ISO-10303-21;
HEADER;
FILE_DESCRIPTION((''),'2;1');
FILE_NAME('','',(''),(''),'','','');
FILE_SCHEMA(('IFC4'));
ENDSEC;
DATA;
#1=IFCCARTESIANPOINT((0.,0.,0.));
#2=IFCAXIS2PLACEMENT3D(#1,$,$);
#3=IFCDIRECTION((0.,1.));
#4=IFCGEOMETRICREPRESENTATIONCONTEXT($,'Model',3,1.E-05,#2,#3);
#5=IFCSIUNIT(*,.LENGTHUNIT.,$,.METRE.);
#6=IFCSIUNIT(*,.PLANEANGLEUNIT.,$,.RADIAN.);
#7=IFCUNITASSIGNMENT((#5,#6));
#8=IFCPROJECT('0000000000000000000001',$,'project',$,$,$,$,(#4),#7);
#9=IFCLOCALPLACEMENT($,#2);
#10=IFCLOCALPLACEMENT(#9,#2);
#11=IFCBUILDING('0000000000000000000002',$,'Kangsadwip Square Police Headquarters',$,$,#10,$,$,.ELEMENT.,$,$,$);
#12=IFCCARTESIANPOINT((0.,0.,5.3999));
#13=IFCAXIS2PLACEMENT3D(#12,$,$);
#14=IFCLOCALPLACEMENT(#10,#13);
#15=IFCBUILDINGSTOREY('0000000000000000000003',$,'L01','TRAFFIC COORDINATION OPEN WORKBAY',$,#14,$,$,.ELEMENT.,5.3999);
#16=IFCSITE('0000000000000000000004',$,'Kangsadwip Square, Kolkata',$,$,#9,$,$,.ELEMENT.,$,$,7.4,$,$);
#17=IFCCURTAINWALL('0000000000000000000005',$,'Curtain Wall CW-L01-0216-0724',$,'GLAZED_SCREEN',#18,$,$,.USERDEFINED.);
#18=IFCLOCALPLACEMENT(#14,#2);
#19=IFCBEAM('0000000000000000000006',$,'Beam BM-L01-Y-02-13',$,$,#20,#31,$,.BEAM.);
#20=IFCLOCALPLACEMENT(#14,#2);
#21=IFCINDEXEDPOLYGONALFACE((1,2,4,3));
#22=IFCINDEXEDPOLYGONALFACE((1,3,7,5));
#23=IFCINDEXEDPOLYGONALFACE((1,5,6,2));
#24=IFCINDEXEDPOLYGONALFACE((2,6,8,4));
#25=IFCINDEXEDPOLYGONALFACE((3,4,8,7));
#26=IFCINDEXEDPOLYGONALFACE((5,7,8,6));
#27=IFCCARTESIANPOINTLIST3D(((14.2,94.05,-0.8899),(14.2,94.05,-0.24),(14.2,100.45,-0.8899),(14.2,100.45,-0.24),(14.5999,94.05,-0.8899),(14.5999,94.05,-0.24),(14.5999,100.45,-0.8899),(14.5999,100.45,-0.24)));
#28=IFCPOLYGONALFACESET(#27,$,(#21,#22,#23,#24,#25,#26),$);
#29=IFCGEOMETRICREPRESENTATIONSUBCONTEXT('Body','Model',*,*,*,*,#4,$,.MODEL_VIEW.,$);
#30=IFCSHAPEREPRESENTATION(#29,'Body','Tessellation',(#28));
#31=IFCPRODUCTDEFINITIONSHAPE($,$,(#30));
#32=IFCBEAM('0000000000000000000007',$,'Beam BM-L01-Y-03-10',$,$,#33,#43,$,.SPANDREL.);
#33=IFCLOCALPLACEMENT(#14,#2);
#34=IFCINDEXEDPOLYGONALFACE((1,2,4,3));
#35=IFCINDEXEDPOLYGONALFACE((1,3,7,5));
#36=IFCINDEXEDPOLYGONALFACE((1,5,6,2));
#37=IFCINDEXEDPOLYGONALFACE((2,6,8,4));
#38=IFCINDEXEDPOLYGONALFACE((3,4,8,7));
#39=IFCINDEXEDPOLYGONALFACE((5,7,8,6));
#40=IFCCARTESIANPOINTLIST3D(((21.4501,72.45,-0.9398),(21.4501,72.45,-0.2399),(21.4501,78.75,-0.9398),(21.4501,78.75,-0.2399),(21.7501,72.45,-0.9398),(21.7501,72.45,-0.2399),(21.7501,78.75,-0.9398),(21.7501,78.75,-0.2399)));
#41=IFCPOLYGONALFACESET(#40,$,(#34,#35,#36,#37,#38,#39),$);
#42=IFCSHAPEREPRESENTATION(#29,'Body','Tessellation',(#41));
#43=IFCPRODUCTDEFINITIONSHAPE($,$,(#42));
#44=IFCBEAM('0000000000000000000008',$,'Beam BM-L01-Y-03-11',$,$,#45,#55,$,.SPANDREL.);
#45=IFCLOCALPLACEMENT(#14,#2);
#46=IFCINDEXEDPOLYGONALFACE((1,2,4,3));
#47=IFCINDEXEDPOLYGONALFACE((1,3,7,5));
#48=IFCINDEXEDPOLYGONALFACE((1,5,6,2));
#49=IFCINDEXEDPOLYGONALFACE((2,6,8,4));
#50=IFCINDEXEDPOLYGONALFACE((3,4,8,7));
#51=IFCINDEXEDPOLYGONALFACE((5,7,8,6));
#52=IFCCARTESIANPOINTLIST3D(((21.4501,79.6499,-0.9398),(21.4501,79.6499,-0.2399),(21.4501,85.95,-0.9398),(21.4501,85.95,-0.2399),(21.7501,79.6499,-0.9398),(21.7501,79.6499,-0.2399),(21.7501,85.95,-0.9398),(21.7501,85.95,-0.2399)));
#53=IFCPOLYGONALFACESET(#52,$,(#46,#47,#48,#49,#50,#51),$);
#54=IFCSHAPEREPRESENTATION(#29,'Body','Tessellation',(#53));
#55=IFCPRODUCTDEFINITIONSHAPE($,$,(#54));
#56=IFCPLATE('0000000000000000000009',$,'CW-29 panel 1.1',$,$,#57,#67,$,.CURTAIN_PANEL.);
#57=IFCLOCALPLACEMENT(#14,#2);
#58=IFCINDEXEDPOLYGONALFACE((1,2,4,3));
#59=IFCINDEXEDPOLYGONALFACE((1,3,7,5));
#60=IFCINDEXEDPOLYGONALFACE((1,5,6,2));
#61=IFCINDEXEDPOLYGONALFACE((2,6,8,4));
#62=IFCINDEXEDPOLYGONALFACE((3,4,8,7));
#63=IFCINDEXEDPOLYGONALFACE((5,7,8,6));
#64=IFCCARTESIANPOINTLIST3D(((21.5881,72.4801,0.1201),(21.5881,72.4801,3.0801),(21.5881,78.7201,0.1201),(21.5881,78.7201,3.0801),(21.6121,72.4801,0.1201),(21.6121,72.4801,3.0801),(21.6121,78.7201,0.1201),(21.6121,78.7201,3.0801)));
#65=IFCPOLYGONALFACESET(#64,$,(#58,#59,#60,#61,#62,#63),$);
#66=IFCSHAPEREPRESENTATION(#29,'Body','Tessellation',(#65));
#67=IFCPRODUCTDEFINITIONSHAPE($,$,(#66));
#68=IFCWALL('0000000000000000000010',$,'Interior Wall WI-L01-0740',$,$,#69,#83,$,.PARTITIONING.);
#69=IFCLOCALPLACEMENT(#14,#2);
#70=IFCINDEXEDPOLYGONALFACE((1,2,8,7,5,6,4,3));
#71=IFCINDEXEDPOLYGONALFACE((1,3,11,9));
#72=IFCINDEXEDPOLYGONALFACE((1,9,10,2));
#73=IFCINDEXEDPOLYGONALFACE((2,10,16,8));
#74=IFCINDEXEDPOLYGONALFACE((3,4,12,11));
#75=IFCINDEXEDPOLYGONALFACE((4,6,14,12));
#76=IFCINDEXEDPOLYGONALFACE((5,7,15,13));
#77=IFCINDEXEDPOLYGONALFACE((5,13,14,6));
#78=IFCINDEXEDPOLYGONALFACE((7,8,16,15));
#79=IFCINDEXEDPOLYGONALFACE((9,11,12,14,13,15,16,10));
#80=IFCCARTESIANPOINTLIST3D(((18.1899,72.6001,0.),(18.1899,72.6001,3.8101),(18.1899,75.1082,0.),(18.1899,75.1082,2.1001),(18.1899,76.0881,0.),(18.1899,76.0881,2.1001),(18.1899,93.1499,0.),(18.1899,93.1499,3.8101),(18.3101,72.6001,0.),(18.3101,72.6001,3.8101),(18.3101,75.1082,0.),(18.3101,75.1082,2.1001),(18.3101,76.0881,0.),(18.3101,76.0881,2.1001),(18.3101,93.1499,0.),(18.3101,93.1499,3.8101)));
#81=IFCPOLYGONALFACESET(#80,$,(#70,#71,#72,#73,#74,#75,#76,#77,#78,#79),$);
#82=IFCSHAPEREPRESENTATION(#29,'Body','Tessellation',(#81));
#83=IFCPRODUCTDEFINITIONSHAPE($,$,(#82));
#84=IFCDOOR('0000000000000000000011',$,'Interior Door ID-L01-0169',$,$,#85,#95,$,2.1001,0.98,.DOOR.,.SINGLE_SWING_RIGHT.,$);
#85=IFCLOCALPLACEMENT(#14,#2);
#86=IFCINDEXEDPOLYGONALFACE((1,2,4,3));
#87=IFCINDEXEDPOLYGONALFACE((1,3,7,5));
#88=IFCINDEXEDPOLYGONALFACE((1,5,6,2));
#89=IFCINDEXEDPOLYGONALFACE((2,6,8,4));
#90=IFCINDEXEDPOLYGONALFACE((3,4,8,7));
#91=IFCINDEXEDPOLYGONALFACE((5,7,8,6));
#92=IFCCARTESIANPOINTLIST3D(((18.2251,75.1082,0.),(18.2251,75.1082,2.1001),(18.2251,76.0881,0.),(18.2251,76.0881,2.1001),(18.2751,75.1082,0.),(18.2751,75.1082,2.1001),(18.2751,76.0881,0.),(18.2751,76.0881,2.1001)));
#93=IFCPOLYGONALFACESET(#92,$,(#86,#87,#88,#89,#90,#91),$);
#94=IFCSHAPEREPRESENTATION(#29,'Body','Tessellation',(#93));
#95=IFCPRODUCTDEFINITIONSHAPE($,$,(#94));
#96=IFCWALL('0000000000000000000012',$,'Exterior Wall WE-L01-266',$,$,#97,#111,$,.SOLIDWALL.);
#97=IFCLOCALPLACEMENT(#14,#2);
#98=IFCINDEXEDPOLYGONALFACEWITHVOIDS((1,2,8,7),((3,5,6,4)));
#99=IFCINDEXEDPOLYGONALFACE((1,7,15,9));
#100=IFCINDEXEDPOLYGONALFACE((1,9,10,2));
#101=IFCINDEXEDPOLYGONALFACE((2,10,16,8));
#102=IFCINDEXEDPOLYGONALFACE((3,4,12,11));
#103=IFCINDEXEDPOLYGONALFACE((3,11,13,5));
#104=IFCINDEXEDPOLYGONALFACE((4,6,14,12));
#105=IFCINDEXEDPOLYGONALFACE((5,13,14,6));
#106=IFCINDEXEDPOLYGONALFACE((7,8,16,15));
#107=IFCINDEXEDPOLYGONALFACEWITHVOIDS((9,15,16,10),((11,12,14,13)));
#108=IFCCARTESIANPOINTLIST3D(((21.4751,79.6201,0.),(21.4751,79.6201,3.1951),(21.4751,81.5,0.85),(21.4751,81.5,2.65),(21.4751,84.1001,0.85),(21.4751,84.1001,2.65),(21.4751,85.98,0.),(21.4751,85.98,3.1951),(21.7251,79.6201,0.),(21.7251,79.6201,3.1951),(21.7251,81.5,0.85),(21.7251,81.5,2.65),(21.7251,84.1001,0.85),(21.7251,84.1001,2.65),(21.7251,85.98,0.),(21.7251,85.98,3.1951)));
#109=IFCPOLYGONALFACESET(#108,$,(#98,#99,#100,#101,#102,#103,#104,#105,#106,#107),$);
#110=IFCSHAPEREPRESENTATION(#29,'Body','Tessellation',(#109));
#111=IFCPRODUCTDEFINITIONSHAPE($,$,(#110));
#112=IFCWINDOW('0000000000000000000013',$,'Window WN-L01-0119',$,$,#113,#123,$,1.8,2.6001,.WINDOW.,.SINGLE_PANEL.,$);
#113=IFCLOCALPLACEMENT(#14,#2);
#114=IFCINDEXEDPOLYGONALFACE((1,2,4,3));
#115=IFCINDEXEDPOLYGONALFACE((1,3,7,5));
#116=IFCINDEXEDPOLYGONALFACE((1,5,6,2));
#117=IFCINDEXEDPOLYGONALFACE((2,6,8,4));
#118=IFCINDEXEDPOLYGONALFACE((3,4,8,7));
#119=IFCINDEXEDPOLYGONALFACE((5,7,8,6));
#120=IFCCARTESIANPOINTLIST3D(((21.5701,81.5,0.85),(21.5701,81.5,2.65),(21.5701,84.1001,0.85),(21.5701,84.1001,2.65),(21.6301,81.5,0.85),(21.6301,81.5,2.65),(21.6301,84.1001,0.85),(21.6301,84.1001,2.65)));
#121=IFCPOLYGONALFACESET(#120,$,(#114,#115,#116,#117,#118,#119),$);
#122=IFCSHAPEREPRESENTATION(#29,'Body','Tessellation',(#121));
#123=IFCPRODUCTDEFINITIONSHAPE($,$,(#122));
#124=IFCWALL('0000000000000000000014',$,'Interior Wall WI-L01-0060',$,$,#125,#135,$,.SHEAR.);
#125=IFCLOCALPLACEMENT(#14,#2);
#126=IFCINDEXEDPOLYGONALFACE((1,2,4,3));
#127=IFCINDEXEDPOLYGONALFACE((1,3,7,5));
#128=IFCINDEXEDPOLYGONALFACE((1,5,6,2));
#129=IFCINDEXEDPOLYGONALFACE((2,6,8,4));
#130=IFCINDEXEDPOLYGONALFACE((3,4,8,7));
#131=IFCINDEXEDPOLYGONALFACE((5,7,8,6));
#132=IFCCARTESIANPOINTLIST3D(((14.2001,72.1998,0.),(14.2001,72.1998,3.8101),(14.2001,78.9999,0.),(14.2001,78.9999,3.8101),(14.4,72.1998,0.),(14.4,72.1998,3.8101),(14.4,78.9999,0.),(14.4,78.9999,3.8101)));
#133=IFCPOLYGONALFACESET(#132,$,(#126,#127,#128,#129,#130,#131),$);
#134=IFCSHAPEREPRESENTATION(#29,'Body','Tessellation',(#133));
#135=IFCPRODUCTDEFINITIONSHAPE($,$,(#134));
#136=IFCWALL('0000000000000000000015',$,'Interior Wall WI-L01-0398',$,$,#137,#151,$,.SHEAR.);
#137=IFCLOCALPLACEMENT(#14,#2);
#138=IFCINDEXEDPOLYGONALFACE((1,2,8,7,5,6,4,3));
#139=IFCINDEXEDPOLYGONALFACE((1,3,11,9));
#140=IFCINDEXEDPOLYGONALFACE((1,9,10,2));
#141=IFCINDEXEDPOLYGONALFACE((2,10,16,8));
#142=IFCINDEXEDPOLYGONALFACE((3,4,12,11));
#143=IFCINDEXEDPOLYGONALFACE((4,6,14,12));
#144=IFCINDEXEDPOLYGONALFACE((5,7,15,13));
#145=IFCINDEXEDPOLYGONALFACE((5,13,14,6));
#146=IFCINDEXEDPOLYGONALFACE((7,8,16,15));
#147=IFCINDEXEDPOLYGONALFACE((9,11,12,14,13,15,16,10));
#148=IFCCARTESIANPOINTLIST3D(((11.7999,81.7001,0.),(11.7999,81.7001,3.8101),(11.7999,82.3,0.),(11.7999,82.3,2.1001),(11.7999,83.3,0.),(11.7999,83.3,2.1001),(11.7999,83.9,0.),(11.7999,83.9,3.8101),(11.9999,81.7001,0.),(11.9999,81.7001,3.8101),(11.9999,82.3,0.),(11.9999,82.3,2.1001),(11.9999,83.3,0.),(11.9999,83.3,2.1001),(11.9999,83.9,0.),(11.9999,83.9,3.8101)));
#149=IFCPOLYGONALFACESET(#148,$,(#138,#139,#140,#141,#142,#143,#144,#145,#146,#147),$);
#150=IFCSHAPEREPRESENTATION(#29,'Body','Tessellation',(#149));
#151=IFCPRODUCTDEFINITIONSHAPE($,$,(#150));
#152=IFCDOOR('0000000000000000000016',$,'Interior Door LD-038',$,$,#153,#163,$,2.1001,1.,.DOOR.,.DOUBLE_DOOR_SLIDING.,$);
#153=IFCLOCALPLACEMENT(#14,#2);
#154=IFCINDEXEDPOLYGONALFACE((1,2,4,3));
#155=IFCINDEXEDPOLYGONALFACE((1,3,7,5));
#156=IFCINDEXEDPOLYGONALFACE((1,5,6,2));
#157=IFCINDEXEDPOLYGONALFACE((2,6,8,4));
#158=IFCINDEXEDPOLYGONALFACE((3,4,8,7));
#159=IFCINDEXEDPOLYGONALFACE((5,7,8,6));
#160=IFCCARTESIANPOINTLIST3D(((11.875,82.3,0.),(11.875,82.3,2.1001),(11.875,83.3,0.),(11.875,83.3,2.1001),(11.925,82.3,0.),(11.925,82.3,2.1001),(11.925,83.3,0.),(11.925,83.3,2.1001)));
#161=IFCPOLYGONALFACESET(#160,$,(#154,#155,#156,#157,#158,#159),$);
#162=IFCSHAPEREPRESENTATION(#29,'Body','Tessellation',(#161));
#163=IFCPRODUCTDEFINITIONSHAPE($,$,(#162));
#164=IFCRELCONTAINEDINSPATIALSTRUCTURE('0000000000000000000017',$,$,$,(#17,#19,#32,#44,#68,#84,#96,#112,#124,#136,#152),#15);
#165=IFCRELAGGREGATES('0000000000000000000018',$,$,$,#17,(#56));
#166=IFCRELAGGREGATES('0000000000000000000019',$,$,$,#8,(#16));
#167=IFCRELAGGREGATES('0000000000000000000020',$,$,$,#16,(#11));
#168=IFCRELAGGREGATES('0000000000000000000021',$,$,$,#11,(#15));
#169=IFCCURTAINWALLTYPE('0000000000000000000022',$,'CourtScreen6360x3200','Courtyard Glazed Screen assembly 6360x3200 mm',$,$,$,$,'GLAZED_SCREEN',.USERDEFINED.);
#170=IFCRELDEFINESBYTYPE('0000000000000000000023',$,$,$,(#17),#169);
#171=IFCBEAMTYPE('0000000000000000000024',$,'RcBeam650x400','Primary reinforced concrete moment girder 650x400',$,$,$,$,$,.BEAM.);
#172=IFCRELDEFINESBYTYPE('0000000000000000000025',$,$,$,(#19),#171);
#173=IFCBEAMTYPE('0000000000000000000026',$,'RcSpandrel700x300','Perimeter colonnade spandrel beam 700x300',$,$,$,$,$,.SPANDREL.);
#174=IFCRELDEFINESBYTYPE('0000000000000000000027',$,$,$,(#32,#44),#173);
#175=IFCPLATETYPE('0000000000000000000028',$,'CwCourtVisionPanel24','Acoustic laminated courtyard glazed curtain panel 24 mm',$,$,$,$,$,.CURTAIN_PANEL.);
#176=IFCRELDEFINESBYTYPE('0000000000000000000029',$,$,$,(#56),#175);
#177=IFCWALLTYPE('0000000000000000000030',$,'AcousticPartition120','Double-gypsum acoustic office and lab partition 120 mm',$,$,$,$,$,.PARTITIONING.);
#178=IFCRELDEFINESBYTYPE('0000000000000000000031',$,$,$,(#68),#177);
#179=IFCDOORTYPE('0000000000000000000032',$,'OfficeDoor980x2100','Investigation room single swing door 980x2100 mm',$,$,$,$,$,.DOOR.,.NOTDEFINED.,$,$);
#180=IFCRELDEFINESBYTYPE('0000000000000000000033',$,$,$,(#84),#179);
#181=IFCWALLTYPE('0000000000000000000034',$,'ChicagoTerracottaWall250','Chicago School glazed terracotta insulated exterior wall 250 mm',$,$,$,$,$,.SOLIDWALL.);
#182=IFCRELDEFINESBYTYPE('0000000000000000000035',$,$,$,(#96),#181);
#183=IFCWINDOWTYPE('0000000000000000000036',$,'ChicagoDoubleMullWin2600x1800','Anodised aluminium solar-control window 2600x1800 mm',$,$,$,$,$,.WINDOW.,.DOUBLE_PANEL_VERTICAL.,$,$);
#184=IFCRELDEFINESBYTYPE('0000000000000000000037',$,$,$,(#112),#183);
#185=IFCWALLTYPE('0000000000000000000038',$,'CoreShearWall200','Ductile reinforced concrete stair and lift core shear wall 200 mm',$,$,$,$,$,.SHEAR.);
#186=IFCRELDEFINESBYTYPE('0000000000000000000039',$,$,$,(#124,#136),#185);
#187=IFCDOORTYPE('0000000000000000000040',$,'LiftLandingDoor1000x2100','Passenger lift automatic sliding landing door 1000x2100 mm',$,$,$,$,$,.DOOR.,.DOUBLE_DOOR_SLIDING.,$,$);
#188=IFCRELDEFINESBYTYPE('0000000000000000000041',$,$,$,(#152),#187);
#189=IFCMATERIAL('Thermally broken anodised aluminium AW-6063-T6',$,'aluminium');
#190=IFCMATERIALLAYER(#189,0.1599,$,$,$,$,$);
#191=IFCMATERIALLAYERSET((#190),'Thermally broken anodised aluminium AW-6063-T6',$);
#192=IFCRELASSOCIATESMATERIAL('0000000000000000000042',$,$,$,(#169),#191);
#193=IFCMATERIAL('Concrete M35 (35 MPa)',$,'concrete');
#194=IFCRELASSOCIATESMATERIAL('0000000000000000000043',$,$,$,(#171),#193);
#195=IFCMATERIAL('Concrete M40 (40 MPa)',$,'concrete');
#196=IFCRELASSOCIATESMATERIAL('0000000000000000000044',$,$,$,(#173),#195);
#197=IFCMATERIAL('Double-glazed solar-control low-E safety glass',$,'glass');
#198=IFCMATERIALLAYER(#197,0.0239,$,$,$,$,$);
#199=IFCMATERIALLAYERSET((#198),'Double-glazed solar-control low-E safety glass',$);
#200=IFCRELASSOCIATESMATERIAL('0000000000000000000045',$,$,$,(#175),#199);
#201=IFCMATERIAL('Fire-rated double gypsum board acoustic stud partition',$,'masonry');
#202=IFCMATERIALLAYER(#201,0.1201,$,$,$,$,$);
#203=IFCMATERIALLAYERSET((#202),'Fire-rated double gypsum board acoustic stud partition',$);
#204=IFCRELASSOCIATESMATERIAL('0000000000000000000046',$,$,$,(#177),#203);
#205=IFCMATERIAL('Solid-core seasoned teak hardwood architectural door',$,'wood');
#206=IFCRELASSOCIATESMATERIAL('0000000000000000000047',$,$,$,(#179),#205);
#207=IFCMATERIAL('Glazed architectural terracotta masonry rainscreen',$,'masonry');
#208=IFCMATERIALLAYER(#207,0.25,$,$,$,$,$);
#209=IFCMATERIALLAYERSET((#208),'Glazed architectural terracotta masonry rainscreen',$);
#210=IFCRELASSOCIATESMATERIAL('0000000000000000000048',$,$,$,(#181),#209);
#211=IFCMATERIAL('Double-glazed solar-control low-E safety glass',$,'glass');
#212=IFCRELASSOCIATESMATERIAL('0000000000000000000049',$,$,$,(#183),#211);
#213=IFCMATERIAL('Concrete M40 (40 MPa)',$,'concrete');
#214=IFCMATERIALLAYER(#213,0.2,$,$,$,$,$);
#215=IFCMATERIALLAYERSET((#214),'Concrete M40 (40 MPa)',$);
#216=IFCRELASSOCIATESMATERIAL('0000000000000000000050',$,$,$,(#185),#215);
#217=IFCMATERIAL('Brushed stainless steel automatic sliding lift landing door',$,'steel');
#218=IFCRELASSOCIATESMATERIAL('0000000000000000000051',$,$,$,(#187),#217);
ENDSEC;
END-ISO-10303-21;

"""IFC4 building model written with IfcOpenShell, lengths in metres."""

from ifc_helpers import new_model, si_unit, direction, frame, frame_2d, origin, origin_2d, place, context, subcontext, project, spatial, rectangle, extrude, material, layer, layer_set, material_profile, profile_set, type_object, element, fill, aggregate, save


model = new_model("IFC4")

# Units and contexts
model_context = context("Model", 3, precision=1e-05, world=origin(), true_north=direction((0.0, 1.0)))
body_context = subcontext(model_context, "Body", "Model", "MODEL_VIEW")
ifc_project = project(units=[si_unit("LENGTHUNIT", "METRE"), si_unit("PLANEANGLEUNIT", "RADIAN")], contexts=[model_context])

# Site, building, storey
site_placement = place(None, origin())
site = spatial("IfcSite", under=ifc_project, at=site_placement, Name="Kangsadwip Square, Kolkata", CompositionType="ELEMENT", RefElevation=7.4)
building_placement = place(site_placement, origin())
building = spatial("IfcBuilding", under=site, at=building_placement, Name="Kangsadwip Square Police Headquarters", CompositionType="ELEMENT")
storey_placement = place(building_placement, frame((0.0, 0.0, 5.3999)))
storey = spatial("IfcBuildingStorey", under=building, at=storey_placement, Name="L01", Description="TRAFFIC COORDINATION OPEN WORKBAY", CompositionType="ELEMENT", Elevation=5.3999)

# Curtain wall
ifc_material_1 = material(Name="Thermally broken anodised aluminium AW-6063-T6", Category="aluminium")
ifc_layer_1 = layer(ifc_material_1, 0.1599)
ifc_layer_set_1 = layer_set([ifc_layer_1], Name="Thermally broken anodised aluminium AW-6063-T6")
curtain_wall_type = type_object("IfcCurtainWallType", Name="CourtScreen6360x3200", Description="Courtyard Glazed Screen assembly 6360x3200 mm", ElementType="GLAZED_SCREEN", PredefinedType="USERDEFINED", material=ifc_layer_set_1)
curtain_wall_placement = place(storey_placement, origin())
curtain_wall = element("IfcCurtainWall", 1, at=curtain_wall_placement, inside=storey, type_object=curtain_wall_type, Name="Curtain Wall CW-L01-0216-0724", ObjectType="GLAZED_SCREEN", PredefinedType="USERDEFINED")

# Beams
ifc_material_2 = material(Name="Concrete M35 (35 MPa)", Category="concrete")
ifc_material_profile_1 = material_profile(ifc_material_2, rectangle(XDim=0.3999, YDim=0.6499, at=origin_2d()), Name="RC BM 650X400")
ifc_profile_set_1 = profile_set([ifc_material_profile_1], Name="Concrete M35 (35 MPa)")
beam_type_1 = type_object("IfcBeamType", Name="RcBeam650x400", Description="Primary reinforced concrete moment girder 650x400", PredefinedType="BEAM", material=ifc_profile_set_1)
beam_1_placement = place(storey_placement, frame((14.3999, 94.05, -0.5649), z_axis=(0.0, 1.0, 0.0), x_axis=(-1.0, 0.0, 0.0)))
element("IfcBeam", 2, at=beam_1_placement, inside=storey, type_object=beam_type_1, Name="Beam BM-L01-Y-02-13", PredefinedType="BEAM", context=body_context, shape_type="SweptSolid", body=[
    extrude(rectangle(XDim=0.3999, YDim=0.6499, at=origin_2d()), origin(), (0.0, 0.0, 1.0), 6.3999),
])
ifc_material_3 = material(Name="Concrete M40 (40 MPa)", Category="concrete")
ifc_material_profile_2 = material_profile(ifc_material_3, rectangle(XDim=0.3, YDim=0.7, at=origin_2d()), Name="RC SPN 700X300")
ifc_profile_set_2 = profile_set([ifc_material_profile_2], Name="Concrete M40 (40 MPa)")
beam_type_2 = type_object("IfcBeamType", Name="RcSpandrel700x300", Description="Perimeter colonnade spandrel beam 700x300", PredefinedType="SPANDREL", material=ifc_profile_set_2)
for number, where, z_axis, x_axis, name in (
    (3, (21.6001, 72.45, -0.5898), (0.0, 1.0, 0.0), (-1.0, 0.0, 0.0), "Beam BM-L01-Y-03-10"),
    (4, (21.6001, 79.6499, -0.5898), (0.0, 1.0, 0.0), (-1.0, 0.0, 0.0), "Beam BM-L01-Y-03-11"),
):
    element("IfcBeam", number, at=place(storey_placement, frame(where, z_axis=z_axis, x_axis=x_axis)), inside=storey, type_object=beam_type_2, Name=name, PredefinedType="SPANDREL", context=body_context, shape_type="SweptSolid", body=[
        extrude(rectangle(XDim=0.3, YDim=0.7, at=origin_2d()), origin(), (0.0, 0.0, 1.0), 6.3),
    ])

# Plate
ifc_material_4 = material(Name="Double-glazed solar-control low-E safety glass", Category="glass")
ifc_layer_2 = layer(ifc_material_4, 0.0239)
ifc_layer_set_2 = layer_set([ifc_layer_2], Name="Double-glazed solar-control low-E safety glass")
plate_type = type_object("IfcPlateType", Name="CwCourtVisionPanel24", Description="Acoustic laminated courtyard glazed curtain panel 24 mm", PredefinedType="CURTAIN_PANEL", material=ifc_layer_set_2)
plate_placement = place(storey_placement, frame((21.6001, 75.6001, 0.1201), z_axis=(0.0, 0.0, 1.0), x_axis=(0.0, 1.0, 0.0)))
plate = element("IfcPlate", 5, at=plate_placement, type_object=plate_type, Name="CW-29 panel 1.1", PredefinedType="CURTAIN_PANEL", context=body_context, shape_type="SweptSolid", body=[
    extrude(rectangle(XDim=6.24, YDim=0.0239, at=origin_2d()), origin(), (0.0, 0.0, 1.0), 2.96),
])
aggregate(curtain_wall, [plate])

# Wall, opening, door
ifc_material_5 = material(Name="Fire-rated double gypsum board acoustic stud partition", Category="masonry")
ifc_layer_3 = layer(ifc_material_5, 0.1201)
ifc_layer_set_3 = layer_set([ifc_layer_3], Name="Fire-rated double gypsum board acoustic stud partition")
wall_type_1 = type_object("IfcWallType", Name="AcousticPartition120", Description="Double-gypsum acoustic office and lab partition 120 mm", PredefinedType="PARTITIONING", material=ifc_layer_set_3)
wall_1_placement = place(storey_placement, frame((18.25, 72.6001, 0.0), z_axis=(0.0, 0.0, 1.0), x_axis=(0.0, 1.0, 0.0)))
wall_1 = element("IfcWall", 6, at=wall_1_placement, inside=storey, type_object=wall_type_1, Name="Interior Wall WI-L01-0740", PredefinedType="PARTITIONING", context=body_context, shape_type="SweptSolid", body=[
    extrude(rectangle(XDim=20.5498, YDim=0.1201, at=frame_2d((10.2749, 0.0))), origin(), (0.0, 0.0, 1.0), 3.8101),
])
opening_1_placement = place(wall_1_placement, frame((2.5081, 0.0, 0.0)))
opening_1 = element("IfcOpeningElement", 7, at=opening_1_placement, cuts=wall_1, PredefinedType="OPENING", context=body_context, shape_type="SweptSolid", body=[
    extrude(rectangle(XDim=0.98, YDim=2.1001, at=frame_2d((0.49, 1.05))), frame((0.0, 0.0701, 0.0), z_axis=(0.0, -1.0, 0.0), x_axis=(1.0, 0.0, 0.0)), (0.0, 0.0, 1.0), 0.1401),
])
ifc_material_6 = material(Name="Solid-core seasoned teak hardwood architectural door", Category="wood")
door_type_1 = type_object("IfcDoorType", Name="OfficeDoor980x2100", Description="Investigation room single swing door 980x2100 mm", OperationType="NOTDEFINED", PredefinedType="DOOR", material=ifc_material_6)
door_1_placement = place(opening_1_placement, origin())
door_1 = element("IfcDoor", 8, at=door_1_placement, inside=storey, type_object=door_type_1, Name="Interior Door ID-L01-0169", OperationType="SINGLE_SWING_RIGHT", OverallHeight=2.1001, OverallWidth=0.98, PredefinedType="DOOR", context=body_context, shape_type="SweptSolid", body=[
    extrude(rectangle(XDim=0.98, YDim=2.1001, at=frame_2d((0.49, 1.05))), frame((0.0, 0.0249, 0.0), z_axis=(0.0, -1.0, 0.0), x_axis=(1.0, 0.0, 0.0)), (0.0, 0.0, 1.0), 0.05),
])
fill(opening_1, door_1)

# Wall, opening, window
ifc_material_7 = material(Name="Glazed architectural terracotta masonry rainscreen", Category="masonry")
ifc_layer_4 = layer(ifc_material_7, 0.25)
ifc_layer_set_4 = layer_set([ifc_layer_4], Name="Glazed architectural terracotta masonry rainscreen")
wall_type_2 = type_object("IfcWallType", Name="ChicagoTerracottaWall250", Description="Chicago School glazed terracotta insulated exterior wall 250 mm", PredefinedType="SOLIDWALL", material=ifc_layer_set_4)
wall_2_placement = place(storey_placement, frame((21.6001, 79.6201, 0.0), z_axis=(0.0, 0.0, 1.0), x_axis=(0.0, 1.0, 0.0)))
wall_2 = element("IfcWall", 9, at=wall_2_placement, inside=storey, type_object=wall_type_2, Name="Exterior Wall WE-L01-266", PredefinedType="SOLIDWALL", context=body_context, shape_type="SweptSolid", body=[
    extrude(rectangle(XDim=6.3599, YDim=0.25, at=frame_2d((3.1799, 0.0))), origin(), (0.0, 0.0, 1.0), 3.1951),
])
opening_2_placement = place(wall_2_placement, frame((1.8799, 0.0, 0.8501)))
opening_2 = element("IfcOpeningElement", 10, at=opening_2_placement, cuts=wall_2, PredefinedType="OPENING", context=body_context, shape_type="SweptSolid", body=[
    extrude(rectangle(XDim=2.6001, YDim=1.8, at=frame_2d((1.3, 0.8999))), frame((0.0, 0.135, 0.0), z_axis=(0.0, -1.0, 0.0), x_axis=(1.0, 0.0, 0.0)), (0.0, 0.0, 1.0), 0.27),
])
ifc_material_8 = material(Name="Double-glazed solar-control low-E safety glass", Category="glass")
window_type = type_object("IfcWindowType", Name="ChicagoDoubleMullWin2600x1800", Description="Anodised aluminium solar-control window 2600x1800 mm", PartitioningType="DOUBLE_PANEL_VERTICAL", PredefinedType="WINDOW", material=ifc_material_8)
window_placement = place(opening_2_placement, origin())
window = element("IfcWindow", 11, at=window_placement, inside=storey, type_object=window_type, Name="Window WN-L01-0119", OverallHeight=1.8, OverallWidth=2.6001, PartitioningType="SINGLE_PANEL", PredefinedType="WINDOW", context=body_context, shape_type="SweptSolid", body=[
    extrude(rectangle(XDim=2.6001, YDim=1.8, at=frame_2d((1.3, 0.8999))), frame((0.0, 0.03, 0.0), z_axis=(0.0, -1.0, 0.0), x_axis=(1.0, 0.0, 0.0)), (0.0, 0.0, 1.0), 0.0601),
])
fill(opening_2, window)

# Wall
ifc_material_9 = material(Name="Concrete M40 (40 MPa)", Category="concrete")
ifc_layer_5 = layer(ifc_material_9, 0.2)
ifc_layer_set_5 = layer_set([ifc_layer_5], Name="Concrete M40 (40 MPa)")
wall_type_3 = type_object("IfcWallType", Name="CoreShearWall200", Description="Ductile reinforced concrete stair and lift core shear wall 200 mm", PredefinedType="SHEAR", material=ifc_layer_set_5)
wall_3_placement = place(storey_placement, frame((14.3, 72.2, 0.0), z_axis=(0.0, 0.0, 1.0), x_axis=(0.0, 1.0, 0.0)))
element("IfcWall", 12, at=wall_3_placement, inside=storey, type_object=wall_type_3, Name="Interior Wall WI-L01-0060", PredefinedType="SHEAR", context=body_context, shape_type="SweptSolid", body=[
    extrude(rectangle(XDim=6.8, YDim=0.2, at=frame_2d((3.3999, 0.0))), origin(), (0.0, 0.0, 1.0), 3.8101),
])

# Wall, opening, door
wall_4_placement = place(storey_placement, frame((11.8999, 81.7, 0.0), z_axis=(0.0, 0.0, 1.0), x_axis=(0.0, 1.0, 0.0)))
wall_4 = element("IfcWall", 13, at=wall_4_placement, inside=storey, type_object=wall_type_3, Name="Interior Wall WI-L01-0398", PredefinedType="SHEAR", context=body_context, shape_type="SweptSolid", body=[
    extrude(rectangle(XDim=2.2, YDim=0.2, at=frame_2d((1.1001, 0.0))), origin(), (0.0, 0.0, 1.0), 3.8101),
])
opening_3_placement = place(wall_4_placement, frame((0.6001, 0.0, 0.0)))
opening_3 = element("IfcOpeningElement", 14, at=opening_3_placement, cuts=wall_4, PredefinedType="OPENING", context=body_context, shape_type="SweptSolid", body=[
    extrude(rectangle(XDim=1.0, YDim=2.1001, at=frame_2d((0.5, 1.05))), frame((0.0, 0.1099, 0.0), z_axis=(0.0, -1.0, 0.0), x_axis=(1.0, 0.0, 0.0)), (0.0, 0.0, 1.0), 0.22),
])
ifc_material_10 = material(Name="Brushed stainless steel automatic sliding lift landing door", Category="steel")
door_type_2 = type_object("IfcDoorType", Name="LiftLandingDoor1000x2100", Description="Passenger lift automatic sliding landing door 1000x2100 mm", OperationType="DOUBLE_DOOR_SLIDING", PredefinedType="DOOR", material=ifc_material_10)
door_2_placement = place(opening_3_placement, origin())
door_2 = element("IfcDoor", 15, at=door_2_placement, inside=storey, type_object=door_type_2, Name="Interior Door LD-038", OperationType="DOUBLE_DOOR_SLIDING", OverallHeight=2.1001, OverallWidth=1.0, PredefinedType="DOOR", context=body_context, shape_type="SweptSolid", body=[
    extrude(rectangle(XDim=1.0, YDim=2.1001, at=frame_2d((0.5, 1.05))), frame((0.0, 0.0249, 0.0), z_axis=(0.0, -1.0, 0.0), x_axis=(1.0, 0.0, 0.0)), (0.0, 0.0, 1.0), 0.05),
])
fill(opening_3, door_2)

save(model, "model.ifc")
